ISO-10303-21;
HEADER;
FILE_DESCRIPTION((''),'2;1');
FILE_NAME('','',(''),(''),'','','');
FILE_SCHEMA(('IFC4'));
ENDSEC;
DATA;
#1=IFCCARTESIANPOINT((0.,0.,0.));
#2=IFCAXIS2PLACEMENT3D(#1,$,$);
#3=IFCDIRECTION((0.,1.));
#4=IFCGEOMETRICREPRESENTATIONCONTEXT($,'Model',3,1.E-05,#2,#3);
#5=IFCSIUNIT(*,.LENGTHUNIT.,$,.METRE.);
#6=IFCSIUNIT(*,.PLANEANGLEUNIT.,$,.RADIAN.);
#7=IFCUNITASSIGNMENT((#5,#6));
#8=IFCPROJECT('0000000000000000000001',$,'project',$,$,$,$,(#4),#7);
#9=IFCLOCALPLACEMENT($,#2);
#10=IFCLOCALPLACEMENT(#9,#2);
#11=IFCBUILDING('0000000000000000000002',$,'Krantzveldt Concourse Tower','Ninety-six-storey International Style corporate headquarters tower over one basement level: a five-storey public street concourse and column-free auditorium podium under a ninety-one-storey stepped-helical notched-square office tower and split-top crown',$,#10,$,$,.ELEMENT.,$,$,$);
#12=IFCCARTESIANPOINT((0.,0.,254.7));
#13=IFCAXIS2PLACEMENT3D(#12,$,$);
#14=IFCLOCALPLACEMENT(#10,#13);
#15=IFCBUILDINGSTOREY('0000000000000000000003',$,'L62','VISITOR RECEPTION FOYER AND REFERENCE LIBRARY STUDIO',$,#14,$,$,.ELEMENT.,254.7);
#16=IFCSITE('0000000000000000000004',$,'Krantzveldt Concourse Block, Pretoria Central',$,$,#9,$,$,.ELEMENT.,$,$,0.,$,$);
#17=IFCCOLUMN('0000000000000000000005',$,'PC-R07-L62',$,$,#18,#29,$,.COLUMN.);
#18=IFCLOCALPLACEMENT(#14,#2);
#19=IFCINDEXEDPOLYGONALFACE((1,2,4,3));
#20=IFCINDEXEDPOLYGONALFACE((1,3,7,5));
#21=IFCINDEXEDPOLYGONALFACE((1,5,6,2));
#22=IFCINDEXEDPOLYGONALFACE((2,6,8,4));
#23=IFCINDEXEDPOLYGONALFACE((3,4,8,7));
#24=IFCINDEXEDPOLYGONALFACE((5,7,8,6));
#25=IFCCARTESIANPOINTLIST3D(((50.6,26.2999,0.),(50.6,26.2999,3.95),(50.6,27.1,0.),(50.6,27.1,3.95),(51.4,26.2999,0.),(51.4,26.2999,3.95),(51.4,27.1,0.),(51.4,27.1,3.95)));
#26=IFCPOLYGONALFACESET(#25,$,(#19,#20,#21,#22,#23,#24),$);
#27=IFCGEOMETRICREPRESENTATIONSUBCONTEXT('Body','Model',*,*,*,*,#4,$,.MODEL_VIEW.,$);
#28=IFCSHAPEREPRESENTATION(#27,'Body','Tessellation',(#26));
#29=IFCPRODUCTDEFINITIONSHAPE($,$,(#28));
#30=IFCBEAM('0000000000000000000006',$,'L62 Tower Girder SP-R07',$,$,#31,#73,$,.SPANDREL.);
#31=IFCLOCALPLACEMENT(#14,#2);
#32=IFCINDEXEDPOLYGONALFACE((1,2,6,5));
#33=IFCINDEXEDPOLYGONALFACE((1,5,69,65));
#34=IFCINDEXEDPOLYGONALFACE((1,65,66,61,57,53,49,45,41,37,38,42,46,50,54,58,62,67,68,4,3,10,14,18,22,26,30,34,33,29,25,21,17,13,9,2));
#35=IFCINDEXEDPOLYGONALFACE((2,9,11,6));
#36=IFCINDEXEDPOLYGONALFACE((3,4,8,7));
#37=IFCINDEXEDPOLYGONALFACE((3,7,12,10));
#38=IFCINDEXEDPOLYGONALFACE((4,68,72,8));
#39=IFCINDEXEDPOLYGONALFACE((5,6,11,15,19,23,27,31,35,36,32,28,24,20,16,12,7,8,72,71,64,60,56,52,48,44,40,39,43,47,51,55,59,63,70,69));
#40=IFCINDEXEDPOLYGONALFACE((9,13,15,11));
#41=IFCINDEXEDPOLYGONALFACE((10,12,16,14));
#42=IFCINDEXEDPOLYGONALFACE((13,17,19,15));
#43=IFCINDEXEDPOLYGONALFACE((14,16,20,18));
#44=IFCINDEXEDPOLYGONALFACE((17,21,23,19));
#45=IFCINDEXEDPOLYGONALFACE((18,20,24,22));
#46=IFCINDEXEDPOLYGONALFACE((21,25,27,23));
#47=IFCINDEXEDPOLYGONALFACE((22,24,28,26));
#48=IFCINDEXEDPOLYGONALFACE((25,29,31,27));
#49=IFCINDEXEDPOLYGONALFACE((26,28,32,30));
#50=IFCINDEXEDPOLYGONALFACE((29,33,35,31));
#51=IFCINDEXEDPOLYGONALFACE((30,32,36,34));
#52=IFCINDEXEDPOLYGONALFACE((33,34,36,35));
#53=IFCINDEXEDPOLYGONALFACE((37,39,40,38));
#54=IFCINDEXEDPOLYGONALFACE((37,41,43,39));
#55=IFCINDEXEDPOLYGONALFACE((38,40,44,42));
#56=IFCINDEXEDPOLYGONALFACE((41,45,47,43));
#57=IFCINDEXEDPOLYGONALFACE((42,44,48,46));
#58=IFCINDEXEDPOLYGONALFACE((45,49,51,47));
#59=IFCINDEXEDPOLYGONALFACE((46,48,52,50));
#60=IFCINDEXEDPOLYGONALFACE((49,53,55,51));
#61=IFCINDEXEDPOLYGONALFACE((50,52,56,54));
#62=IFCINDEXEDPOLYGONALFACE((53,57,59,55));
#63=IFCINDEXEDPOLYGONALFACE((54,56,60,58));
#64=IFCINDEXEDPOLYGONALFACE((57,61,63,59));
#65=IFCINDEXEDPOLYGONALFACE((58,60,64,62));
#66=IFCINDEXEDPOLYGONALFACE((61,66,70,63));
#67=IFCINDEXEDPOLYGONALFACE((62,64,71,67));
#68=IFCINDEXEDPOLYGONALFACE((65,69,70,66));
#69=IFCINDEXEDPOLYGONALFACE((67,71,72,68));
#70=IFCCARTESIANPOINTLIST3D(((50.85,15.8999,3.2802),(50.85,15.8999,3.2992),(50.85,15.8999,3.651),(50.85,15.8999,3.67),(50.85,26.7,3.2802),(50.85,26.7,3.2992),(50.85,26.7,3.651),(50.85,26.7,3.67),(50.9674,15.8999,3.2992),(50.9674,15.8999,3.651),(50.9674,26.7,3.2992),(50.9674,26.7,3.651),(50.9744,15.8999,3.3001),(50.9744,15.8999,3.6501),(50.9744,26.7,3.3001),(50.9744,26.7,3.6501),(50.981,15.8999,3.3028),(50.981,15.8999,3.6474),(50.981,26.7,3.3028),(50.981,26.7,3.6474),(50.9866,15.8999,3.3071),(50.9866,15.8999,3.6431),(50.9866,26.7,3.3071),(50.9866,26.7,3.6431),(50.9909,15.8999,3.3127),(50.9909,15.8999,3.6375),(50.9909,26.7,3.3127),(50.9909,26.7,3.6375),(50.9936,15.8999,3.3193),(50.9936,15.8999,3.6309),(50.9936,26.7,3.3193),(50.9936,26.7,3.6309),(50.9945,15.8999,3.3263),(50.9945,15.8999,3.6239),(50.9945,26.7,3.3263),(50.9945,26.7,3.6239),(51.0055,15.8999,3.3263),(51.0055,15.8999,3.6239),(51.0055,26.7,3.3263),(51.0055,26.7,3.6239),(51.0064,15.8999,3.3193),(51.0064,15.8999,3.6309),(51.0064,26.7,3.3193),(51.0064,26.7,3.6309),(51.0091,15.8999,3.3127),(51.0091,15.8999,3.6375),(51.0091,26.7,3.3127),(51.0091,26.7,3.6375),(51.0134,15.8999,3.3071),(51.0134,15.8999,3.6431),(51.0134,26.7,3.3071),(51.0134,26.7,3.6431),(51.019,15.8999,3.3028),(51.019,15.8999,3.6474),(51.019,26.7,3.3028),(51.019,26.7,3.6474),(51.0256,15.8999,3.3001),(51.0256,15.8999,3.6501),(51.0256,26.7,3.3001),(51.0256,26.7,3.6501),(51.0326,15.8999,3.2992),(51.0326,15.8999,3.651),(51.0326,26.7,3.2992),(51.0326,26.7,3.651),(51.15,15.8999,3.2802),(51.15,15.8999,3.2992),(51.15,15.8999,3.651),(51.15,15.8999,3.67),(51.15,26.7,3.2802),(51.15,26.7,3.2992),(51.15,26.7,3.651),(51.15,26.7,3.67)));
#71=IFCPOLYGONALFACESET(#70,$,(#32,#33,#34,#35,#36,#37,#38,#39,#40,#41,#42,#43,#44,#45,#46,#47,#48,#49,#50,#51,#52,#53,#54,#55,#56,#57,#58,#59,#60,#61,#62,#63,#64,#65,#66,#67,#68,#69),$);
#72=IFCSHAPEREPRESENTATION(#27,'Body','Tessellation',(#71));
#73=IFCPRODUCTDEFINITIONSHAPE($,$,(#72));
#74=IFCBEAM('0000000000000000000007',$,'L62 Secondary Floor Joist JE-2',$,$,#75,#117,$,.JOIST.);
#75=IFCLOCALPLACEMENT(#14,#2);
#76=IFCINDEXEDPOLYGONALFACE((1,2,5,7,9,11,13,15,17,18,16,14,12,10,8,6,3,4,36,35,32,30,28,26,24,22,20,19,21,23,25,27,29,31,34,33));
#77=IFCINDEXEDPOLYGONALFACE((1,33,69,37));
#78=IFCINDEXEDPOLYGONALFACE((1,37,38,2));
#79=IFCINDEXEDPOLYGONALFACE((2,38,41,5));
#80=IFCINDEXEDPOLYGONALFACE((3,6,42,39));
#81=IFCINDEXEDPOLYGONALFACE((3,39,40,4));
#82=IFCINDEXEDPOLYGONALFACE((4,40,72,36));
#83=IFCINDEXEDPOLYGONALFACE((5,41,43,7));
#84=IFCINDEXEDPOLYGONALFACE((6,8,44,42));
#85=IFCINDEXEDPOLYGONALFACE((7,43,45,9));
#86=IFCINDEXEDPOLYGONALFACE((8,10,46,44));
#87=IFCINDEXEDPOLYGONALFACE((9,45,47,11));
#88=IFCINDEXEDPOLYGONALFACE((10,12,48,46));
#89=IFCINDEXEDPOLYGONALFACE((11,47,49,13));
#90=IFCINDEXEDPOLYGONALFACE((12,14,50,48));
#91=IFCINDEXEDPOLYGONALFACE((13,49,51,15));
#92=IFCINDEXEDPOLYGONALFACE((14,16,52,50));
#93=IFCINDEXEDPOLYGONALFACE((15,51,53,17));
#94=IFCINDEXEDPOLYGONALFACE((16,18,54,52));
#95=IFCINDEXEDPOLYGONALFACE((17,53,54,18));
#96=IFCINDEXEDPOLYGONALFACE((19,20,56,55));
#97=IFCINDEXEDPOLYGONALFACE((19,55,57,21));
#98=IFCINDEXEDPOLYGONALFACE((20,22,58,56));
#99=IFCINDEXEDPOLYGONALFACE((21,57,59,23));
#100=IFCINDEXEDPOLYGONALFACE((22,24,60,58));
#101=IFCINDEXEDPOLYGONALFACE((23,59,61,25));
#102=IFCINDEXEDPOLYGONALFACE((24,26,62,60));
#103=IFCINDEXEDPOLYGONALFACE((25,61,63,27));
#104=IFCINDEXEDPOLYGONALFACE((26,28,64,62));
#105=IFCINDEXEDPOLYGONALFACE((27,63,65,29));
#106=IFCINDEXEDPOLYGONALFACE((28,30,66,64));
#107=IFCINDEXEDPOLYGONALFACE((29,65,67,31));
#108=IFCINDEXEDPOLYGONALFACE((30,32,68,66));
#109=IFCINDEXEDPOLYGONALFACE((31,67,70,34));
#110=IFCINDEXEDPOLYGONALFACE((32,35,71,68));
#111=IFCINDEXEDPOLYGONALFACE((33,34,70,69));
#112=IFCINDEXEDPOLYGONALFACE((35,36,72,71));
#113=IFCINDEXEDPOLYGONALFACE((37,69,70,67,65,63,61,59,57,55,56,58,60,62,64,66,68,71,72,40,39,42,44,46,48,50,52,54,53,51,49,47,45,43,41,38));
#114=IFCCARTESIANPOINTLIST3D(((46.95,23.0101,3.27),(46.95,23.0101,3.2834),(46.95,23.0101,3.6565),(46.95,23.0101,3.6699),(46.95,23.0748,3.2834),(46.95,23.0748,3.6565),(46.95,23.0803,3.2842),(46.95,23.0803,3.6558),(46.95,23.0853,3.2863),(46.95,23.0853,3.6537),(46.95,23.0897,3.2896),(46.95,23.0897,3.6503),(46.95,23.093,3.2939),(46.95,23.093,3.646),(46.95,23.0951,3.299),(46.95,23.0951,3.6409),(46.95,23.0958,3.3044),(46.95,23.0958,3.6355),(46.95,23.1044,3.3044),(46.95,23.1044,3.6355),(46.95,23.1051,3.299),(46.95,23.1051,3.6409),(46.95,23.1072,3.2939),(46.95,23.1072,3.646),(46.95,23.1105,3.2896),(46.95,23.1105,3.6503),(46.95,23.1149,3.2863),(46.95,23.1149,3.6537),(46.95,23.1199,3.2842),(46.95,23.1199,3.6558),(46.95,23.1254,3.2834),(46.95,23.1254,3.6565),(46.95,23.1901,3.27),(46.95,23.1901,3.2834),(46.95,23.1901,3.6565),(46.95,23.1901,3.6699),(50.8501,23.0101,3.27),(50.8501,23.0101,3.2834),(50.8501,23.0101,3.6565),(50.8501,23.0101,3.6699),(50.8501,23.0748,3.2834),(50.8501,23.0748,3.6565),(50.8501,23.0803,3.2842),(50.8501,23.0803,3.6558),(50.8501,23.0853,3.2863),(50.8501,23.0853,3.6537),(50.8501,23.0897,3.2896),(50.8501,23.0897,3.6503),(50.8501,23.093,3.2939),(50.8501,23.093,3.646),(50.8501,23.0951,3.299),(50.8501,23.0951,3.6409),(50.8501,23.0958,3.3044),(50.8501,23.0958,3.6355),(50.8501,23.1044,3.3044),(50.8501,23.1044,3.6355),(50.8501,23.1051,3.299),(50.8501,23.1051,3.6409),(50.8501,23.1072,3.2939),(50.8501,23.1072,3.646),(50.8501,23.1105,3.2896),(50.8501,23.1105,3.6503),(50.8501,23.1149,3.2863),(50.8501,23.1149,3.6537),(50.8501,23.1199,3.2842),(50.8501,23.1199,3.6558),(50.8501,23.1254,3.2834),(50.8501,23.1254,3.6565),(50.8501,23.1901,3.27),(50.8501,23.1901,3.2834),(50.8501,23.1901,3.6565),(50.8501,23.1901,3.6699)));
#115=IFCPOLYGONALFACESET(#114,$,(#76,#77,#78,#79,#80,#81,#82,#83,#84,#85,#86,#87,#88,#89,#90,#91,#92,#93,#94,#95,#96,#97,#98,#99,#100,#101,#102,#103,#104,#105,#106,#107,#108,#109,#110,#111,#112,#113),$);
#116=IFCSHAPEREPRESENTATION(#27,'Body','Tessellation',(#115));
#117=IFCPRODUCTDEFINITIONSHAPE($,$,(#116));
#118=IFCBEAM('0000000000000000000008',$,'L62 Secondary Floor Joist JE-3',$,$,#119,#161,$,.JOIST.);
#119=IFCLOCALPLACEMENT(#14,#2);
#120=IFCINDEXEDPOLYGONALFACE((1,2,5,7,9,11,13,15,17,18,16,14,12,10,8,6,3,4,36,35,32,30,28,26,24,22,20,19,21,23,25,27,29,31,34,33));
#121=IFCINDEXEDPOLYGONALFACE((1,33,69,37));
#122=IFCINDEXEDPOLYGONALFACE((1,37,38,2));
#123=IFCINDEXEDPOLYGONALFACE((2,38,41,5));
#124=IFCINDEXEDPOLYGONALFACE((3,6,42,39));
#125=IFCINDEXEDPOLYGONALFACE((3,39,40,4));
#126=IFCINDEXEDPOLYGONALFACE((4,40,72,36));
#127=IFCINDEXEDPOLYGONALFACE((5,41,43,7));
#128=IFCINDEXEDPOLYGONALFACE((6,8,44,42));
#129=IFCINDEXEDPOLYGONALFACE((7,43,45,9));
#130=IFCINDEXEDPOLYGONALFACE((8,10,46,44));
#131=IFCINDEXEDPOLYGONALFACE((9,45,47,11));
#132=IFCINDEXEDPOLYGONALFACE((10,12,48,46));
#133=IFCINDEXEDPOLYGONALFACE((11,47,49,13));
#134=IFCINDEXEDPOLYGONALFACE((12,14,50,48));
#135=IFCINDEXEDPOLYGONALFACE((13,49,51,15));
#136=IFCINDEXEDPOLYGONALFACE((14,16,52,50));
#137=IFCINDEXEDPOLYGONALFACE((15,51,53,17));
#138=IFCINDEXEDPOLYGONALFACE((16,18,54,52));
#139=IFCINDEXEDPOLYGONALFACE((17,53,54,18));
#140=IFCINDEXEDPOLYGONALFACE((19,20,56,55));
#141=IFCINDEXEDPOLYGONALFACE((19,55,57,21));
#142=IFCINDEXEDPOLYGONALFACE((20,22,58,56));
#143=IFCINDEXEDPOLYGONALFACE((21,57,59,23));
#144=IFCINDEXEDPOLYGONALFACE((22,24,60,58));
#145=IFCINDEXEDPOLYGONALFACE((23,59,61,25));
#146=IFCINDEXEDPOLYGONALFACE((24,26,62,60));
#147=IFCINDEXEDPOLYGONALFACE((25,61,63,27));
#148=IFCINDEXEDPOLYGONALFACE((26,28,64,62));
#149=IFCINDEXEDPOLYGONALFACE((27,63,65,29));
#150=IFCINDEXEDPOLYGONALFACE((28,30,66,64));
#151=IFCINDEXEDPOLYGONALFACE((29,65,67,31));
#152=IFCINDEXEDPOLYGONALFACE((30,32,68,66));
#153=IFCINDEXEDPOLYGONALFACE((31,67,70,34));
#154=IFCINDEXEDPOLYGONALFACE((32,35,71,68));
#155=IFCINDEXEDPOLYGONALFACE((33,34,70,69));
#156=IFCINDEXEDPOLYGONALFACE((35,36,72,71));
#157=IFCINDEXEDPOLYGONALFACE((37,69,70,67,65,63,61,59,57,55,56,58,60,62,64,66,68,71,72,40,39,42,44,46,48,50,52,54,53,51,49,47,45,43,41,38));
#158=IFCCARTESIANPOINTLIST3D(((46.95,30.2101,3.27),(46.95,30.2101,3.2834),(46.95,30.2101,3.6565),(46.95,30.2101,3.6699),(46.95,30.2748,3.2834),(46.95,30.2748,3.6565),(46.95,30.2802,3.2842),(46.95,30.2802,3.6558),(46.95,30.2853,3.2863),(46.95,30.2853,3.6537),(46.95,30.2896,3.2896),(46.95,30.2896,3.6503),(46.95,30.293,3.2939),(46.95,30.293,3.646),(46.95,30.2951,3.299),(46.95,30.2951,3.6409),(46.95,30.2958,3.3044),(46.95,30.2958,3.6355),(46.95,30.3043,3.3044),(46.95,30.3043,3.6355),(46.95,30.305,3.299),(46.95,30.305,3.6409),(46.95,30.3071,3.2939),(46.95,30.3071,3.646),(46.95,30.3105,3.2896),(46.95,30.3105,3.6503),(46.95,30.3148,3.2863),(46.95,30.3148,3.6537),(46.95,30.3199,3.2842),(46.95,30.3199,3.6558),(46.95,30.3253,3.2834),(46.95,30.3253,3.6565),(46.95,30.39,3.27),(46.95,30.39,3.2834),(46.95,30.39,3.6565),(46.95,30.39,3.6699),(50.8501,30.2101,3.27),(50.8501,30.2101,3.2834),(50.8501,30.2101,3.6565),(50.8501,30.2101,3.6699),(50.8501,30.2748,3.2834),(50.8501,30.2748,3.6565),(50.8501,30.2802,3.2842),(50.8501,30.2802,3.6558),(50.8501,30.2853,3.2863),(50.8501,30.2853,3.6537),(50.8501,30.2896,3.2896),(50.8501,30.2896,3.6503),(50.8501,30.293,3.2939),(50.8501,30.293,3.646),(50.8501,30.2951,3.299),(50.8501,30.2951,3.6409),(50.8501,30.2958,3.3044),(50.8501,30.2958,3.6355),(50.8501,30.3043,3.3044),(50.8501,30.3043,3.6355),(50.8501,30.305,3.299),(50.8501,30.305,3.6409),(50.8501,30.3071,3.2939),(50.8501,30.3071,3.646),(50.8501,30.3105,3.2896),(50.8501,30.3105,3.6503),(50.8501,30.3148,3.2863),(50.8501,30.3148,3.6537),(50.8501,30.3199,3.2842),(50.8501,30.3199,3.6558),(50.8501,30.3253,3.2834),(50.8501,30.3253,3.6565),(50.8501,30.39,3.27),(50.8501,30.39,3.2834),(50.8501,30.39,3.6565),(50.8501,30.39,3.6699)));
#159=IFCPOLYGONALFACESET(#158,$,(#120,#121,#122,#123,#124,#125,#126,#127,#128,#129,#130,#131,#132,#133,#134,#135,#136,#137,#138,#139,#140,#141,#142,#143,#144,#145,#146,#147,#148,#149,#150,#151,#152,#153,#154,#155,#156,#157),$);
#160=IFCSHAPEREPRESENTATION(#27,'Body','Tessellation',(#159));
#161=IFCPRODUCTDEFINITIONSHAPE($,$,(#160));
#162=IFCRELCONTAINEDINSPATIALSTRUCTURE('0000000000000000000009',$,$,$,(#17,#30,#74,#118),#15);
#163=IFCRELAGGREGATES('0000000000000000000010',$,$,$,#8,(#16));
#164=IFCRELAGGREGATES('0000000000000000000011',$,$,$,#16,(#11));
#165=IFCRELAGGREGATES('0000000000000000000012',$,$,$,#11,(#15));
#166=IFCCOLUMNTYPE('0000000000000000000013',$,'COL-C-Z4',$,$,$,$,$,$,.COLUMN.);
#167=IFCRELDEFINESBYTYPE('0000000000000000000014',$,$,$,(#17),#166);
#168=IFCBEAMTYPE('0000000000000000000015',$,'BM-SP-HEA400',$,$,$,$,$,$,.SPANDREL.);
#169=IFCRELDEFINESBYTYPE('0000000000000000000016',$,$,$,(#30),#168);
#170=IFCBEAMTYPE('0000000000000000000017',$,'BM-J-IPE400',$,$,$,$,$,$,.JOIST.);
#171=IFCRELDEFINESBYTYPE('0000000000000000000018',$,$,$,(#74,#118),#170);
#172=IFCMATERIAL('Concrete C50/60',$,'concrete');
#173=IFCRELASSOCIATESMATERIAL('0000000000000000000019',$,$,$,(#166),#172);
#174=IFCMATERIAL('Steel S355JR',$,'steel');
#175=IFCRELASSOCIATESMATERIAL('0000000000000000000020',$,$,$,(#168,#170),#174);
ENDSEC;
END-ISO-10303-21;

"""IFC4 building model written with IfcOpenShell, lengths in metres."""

from ifc_helpers import new_model, si_unit, direction, frame, origin, origin_2d, place, context, subcontext, project, spatial, rectangle, i_section, extrude, source, transform, mapped, material, material_profile, profile_set, type_object, type_shapes, element, save


model = new_model("IFC4")

# Units and contexts
model_context = context("Model", 3, precision=1e-05, world=origin(), true_north=direction((0.0, 1.0)))
body_context = subcontext(model_context, "Body", "Model", "MODEL_VIEW")
ifc_project = project(units=[si_unit("LENGTHUNIT", "METRE"), si_unit("PLANEANGLEUNIT", "RADIAN")], contexts=[model_context])

# Site, building, storey
site_placement = place(None, origin())
site = spatial("IfcSite", under=ifc_project, at=site_placement, Name="Krantzveldt Concourse Block, Pretoria Central", CompositionType="ELEMENT", RefElevation=0.0)
building_placement = place(site_placement, origin())
building = spatial("IfcBuilding", under=site, at=building_placement, Name="Krantzveldt Concourse Tower", Description="Ninety-six-storey International Style corporate headquarters tower over one basement level: a five-storey public street concourse and column-free auditorium podium under a ninety-one-storey stepped-helical notched-square office tower and split-top crown", CompositionType="ELEMENT")
storey_placement = place(building_placement, frame((0.0, 0.0, 254.7)))
storey = spatial("IfcBuildingStorey", under=building, at=storey_placement, Name="L62", Description="VISITOR RECEPTION FOYER AND REFERENCE LIBRARY STUDIO", CompositionType="ELEMENT", Elevation=254.7)

# Column
ifc_material_1 = material(Name="Concrete C50/60", Category="concrete")
ifc_material_profile_1 = material_profile(ifc_material_1, rectangle(XDim=0.8, YDim=0.8, at=origin_2d()), Name="Concrete C50/60", Category="concrete")
ifc_profile_set_1 = profile_set([ifc_material_profile_1], Name="Concrete C50/60 - RC 800x800")
column_type = type_object("IfcColumnType", Name="COL-C-Z4", PredefinedType="COLUMN", material=ifc_profile_set_1)
shared_shape_1 = source(origin(), body_context, "Body", "SweptSolid", [
    extrude(rectangle(XDim=0.8, YDim=0.8, at=origin_2d()), origin(), (0.0, 0.0, 1.0), 3.95),
])
type_shapes(column_type, [shared_shape_1])
column_placement = place(storey_placement, frame((51.0, 26.7, 0.0), z_axis=(0.0, 0.0, 1.0), x_axis=(1.0, 0.0, 0.0)))
element("IfcColumn", 1, at=column_placement, inside=storey, type_object=column_type, Name="PC-R07-L62", PredefinedType="COLUMN", context=body_context, shape_type="MappedRepresentation", body=[
    mapped(shared_shape_1, transform((0.0, 0.0, 0.0), x_axis=(1.0, 0.0, 0.0), y_axis=(0.0, 1.0, 0.0), z_axis=(0.0, 0.0, 1.0), scale=1.0)),
])

# Beams
ifc_material_2 = material(Name="Steel S355JR", Category="steel")
ifc_material_profile_2 = material_profile(ifc_material_2, i_section(OverallWidth=0.3, OverallDepth=0.3899, WebThickness=0.011, FlangeThickness=0.019, FilletRadius=0.0271, at=origin_2d()), Name="Steel S355JR", Category="steel")
ifc_profile_set_2 = profile_set([ifc_material_profile_2], Name="Steel S355JR - HEA 400")
beam_type_1 = type_object("IfcBeamType", Name="BM-SP-HEA400", PredefinedType="SPANDREL", material=ifc_profile_set_2)
shared_shape_2 = source(origin(), body_context, "Body", "SweptSolid", [
    extrude(i_section(OverallWidth=0.3, OverallDepth=0.3899, WebThickness=0.011, FlangeThickness=0.019, FilletRadius=0.0271, at=origin_2d()), origin(), (0.0, 0.0, 1.0), 10.8),
])
type_shapes(beam_type_1, [shared_shape_2])
beam_placement = place(storey_placement, frame((51.0, 26.7, 3.4751), z_axis=(0.0, -1.0, 0.0), x_axis=(1.0, 0.0, 0.0)))
element("IfcBeam", 2, at=beam_placement, inside=storey, type_object=beam_type_1, Name="L62 Tower Girder SP-R07", PredefinedType="SPANDREL", context=body_context, shape_type="MappedRepresentation", body=[
    mapped(shared_shape_2, transform((0.0, 0.0, 0.0), x_axis=(1.0, 0.0, 0.0), y_axis=(0.0, 1.0, 0.0), z_axis=(0.0, 0.0, 1.0), scale=1.0)),
])
ifc_material_profile_3 = material_profile(ifc_material_2, i_section(OverallWidth=0.1799, OverallDepth=0.3999, WebThickness=0.0085, FlangeThickness=0.0134, FilletRadius=0.021, at=origin_2d()), Name="Steel S355JR", Category="steel")
ifc_profile_set_3 = profile_set([ifc_material_profile_3], Name="Steel S355JR - IPE 400")
beam_type_2 = type_object("IfcBeamType", Name="BM-J-IPE400", PredefinedType="JOIST", material=ifc_profile_set_3)
shared_shape_3 = source(origin(), body_context, "Body", "SweptSolid", [
    extrude(i_section(OverallWidth=0.1799, OverallDepth=0.3999, WebThickness=0.0085, FlangeThickness=0.0134, FilletRadius=0.021, at=origin_2d()), origin(), (0.0, 0.0, 1.0), 3.9001),
])
type_shapes(beam_type_2, [shared_shape_3])
for number, where, z_axis, x_axis, name in (
    (3, (46.95, 23.1001, 3.47), (1.0, 0.0, 0.0), (0.0, 1.0, 0.0), "L62 Secondary Floor Joist JE-2"),
    (4, (46.95, 30.3, 3.47), (1.0, 0.0, 0.0), (0.0, 1.0, 0.0), "L62 Secondary Floor Joist JE-3"),
):
    element("IfcBeam", number, at=place(storey_placement, frame(where, z_axis=z_axis, x_axis=x_axis)), inside=storey, type_object=beam_type_2, Name=name, PredefinedType="JOIST", context=body_context, shape_type="MappedRepresentation", body=[
        mapped(shared_shape_3, transform((0.0, 0.0, 0.0), x_axis=(1.0, 0.0, 0.0), y_axis=(0.0, 1.0, 0.0), z_axis=(0.0, 0.0, 1.0), scale=1.0)),
    ])

save(model, "model.ifc")
